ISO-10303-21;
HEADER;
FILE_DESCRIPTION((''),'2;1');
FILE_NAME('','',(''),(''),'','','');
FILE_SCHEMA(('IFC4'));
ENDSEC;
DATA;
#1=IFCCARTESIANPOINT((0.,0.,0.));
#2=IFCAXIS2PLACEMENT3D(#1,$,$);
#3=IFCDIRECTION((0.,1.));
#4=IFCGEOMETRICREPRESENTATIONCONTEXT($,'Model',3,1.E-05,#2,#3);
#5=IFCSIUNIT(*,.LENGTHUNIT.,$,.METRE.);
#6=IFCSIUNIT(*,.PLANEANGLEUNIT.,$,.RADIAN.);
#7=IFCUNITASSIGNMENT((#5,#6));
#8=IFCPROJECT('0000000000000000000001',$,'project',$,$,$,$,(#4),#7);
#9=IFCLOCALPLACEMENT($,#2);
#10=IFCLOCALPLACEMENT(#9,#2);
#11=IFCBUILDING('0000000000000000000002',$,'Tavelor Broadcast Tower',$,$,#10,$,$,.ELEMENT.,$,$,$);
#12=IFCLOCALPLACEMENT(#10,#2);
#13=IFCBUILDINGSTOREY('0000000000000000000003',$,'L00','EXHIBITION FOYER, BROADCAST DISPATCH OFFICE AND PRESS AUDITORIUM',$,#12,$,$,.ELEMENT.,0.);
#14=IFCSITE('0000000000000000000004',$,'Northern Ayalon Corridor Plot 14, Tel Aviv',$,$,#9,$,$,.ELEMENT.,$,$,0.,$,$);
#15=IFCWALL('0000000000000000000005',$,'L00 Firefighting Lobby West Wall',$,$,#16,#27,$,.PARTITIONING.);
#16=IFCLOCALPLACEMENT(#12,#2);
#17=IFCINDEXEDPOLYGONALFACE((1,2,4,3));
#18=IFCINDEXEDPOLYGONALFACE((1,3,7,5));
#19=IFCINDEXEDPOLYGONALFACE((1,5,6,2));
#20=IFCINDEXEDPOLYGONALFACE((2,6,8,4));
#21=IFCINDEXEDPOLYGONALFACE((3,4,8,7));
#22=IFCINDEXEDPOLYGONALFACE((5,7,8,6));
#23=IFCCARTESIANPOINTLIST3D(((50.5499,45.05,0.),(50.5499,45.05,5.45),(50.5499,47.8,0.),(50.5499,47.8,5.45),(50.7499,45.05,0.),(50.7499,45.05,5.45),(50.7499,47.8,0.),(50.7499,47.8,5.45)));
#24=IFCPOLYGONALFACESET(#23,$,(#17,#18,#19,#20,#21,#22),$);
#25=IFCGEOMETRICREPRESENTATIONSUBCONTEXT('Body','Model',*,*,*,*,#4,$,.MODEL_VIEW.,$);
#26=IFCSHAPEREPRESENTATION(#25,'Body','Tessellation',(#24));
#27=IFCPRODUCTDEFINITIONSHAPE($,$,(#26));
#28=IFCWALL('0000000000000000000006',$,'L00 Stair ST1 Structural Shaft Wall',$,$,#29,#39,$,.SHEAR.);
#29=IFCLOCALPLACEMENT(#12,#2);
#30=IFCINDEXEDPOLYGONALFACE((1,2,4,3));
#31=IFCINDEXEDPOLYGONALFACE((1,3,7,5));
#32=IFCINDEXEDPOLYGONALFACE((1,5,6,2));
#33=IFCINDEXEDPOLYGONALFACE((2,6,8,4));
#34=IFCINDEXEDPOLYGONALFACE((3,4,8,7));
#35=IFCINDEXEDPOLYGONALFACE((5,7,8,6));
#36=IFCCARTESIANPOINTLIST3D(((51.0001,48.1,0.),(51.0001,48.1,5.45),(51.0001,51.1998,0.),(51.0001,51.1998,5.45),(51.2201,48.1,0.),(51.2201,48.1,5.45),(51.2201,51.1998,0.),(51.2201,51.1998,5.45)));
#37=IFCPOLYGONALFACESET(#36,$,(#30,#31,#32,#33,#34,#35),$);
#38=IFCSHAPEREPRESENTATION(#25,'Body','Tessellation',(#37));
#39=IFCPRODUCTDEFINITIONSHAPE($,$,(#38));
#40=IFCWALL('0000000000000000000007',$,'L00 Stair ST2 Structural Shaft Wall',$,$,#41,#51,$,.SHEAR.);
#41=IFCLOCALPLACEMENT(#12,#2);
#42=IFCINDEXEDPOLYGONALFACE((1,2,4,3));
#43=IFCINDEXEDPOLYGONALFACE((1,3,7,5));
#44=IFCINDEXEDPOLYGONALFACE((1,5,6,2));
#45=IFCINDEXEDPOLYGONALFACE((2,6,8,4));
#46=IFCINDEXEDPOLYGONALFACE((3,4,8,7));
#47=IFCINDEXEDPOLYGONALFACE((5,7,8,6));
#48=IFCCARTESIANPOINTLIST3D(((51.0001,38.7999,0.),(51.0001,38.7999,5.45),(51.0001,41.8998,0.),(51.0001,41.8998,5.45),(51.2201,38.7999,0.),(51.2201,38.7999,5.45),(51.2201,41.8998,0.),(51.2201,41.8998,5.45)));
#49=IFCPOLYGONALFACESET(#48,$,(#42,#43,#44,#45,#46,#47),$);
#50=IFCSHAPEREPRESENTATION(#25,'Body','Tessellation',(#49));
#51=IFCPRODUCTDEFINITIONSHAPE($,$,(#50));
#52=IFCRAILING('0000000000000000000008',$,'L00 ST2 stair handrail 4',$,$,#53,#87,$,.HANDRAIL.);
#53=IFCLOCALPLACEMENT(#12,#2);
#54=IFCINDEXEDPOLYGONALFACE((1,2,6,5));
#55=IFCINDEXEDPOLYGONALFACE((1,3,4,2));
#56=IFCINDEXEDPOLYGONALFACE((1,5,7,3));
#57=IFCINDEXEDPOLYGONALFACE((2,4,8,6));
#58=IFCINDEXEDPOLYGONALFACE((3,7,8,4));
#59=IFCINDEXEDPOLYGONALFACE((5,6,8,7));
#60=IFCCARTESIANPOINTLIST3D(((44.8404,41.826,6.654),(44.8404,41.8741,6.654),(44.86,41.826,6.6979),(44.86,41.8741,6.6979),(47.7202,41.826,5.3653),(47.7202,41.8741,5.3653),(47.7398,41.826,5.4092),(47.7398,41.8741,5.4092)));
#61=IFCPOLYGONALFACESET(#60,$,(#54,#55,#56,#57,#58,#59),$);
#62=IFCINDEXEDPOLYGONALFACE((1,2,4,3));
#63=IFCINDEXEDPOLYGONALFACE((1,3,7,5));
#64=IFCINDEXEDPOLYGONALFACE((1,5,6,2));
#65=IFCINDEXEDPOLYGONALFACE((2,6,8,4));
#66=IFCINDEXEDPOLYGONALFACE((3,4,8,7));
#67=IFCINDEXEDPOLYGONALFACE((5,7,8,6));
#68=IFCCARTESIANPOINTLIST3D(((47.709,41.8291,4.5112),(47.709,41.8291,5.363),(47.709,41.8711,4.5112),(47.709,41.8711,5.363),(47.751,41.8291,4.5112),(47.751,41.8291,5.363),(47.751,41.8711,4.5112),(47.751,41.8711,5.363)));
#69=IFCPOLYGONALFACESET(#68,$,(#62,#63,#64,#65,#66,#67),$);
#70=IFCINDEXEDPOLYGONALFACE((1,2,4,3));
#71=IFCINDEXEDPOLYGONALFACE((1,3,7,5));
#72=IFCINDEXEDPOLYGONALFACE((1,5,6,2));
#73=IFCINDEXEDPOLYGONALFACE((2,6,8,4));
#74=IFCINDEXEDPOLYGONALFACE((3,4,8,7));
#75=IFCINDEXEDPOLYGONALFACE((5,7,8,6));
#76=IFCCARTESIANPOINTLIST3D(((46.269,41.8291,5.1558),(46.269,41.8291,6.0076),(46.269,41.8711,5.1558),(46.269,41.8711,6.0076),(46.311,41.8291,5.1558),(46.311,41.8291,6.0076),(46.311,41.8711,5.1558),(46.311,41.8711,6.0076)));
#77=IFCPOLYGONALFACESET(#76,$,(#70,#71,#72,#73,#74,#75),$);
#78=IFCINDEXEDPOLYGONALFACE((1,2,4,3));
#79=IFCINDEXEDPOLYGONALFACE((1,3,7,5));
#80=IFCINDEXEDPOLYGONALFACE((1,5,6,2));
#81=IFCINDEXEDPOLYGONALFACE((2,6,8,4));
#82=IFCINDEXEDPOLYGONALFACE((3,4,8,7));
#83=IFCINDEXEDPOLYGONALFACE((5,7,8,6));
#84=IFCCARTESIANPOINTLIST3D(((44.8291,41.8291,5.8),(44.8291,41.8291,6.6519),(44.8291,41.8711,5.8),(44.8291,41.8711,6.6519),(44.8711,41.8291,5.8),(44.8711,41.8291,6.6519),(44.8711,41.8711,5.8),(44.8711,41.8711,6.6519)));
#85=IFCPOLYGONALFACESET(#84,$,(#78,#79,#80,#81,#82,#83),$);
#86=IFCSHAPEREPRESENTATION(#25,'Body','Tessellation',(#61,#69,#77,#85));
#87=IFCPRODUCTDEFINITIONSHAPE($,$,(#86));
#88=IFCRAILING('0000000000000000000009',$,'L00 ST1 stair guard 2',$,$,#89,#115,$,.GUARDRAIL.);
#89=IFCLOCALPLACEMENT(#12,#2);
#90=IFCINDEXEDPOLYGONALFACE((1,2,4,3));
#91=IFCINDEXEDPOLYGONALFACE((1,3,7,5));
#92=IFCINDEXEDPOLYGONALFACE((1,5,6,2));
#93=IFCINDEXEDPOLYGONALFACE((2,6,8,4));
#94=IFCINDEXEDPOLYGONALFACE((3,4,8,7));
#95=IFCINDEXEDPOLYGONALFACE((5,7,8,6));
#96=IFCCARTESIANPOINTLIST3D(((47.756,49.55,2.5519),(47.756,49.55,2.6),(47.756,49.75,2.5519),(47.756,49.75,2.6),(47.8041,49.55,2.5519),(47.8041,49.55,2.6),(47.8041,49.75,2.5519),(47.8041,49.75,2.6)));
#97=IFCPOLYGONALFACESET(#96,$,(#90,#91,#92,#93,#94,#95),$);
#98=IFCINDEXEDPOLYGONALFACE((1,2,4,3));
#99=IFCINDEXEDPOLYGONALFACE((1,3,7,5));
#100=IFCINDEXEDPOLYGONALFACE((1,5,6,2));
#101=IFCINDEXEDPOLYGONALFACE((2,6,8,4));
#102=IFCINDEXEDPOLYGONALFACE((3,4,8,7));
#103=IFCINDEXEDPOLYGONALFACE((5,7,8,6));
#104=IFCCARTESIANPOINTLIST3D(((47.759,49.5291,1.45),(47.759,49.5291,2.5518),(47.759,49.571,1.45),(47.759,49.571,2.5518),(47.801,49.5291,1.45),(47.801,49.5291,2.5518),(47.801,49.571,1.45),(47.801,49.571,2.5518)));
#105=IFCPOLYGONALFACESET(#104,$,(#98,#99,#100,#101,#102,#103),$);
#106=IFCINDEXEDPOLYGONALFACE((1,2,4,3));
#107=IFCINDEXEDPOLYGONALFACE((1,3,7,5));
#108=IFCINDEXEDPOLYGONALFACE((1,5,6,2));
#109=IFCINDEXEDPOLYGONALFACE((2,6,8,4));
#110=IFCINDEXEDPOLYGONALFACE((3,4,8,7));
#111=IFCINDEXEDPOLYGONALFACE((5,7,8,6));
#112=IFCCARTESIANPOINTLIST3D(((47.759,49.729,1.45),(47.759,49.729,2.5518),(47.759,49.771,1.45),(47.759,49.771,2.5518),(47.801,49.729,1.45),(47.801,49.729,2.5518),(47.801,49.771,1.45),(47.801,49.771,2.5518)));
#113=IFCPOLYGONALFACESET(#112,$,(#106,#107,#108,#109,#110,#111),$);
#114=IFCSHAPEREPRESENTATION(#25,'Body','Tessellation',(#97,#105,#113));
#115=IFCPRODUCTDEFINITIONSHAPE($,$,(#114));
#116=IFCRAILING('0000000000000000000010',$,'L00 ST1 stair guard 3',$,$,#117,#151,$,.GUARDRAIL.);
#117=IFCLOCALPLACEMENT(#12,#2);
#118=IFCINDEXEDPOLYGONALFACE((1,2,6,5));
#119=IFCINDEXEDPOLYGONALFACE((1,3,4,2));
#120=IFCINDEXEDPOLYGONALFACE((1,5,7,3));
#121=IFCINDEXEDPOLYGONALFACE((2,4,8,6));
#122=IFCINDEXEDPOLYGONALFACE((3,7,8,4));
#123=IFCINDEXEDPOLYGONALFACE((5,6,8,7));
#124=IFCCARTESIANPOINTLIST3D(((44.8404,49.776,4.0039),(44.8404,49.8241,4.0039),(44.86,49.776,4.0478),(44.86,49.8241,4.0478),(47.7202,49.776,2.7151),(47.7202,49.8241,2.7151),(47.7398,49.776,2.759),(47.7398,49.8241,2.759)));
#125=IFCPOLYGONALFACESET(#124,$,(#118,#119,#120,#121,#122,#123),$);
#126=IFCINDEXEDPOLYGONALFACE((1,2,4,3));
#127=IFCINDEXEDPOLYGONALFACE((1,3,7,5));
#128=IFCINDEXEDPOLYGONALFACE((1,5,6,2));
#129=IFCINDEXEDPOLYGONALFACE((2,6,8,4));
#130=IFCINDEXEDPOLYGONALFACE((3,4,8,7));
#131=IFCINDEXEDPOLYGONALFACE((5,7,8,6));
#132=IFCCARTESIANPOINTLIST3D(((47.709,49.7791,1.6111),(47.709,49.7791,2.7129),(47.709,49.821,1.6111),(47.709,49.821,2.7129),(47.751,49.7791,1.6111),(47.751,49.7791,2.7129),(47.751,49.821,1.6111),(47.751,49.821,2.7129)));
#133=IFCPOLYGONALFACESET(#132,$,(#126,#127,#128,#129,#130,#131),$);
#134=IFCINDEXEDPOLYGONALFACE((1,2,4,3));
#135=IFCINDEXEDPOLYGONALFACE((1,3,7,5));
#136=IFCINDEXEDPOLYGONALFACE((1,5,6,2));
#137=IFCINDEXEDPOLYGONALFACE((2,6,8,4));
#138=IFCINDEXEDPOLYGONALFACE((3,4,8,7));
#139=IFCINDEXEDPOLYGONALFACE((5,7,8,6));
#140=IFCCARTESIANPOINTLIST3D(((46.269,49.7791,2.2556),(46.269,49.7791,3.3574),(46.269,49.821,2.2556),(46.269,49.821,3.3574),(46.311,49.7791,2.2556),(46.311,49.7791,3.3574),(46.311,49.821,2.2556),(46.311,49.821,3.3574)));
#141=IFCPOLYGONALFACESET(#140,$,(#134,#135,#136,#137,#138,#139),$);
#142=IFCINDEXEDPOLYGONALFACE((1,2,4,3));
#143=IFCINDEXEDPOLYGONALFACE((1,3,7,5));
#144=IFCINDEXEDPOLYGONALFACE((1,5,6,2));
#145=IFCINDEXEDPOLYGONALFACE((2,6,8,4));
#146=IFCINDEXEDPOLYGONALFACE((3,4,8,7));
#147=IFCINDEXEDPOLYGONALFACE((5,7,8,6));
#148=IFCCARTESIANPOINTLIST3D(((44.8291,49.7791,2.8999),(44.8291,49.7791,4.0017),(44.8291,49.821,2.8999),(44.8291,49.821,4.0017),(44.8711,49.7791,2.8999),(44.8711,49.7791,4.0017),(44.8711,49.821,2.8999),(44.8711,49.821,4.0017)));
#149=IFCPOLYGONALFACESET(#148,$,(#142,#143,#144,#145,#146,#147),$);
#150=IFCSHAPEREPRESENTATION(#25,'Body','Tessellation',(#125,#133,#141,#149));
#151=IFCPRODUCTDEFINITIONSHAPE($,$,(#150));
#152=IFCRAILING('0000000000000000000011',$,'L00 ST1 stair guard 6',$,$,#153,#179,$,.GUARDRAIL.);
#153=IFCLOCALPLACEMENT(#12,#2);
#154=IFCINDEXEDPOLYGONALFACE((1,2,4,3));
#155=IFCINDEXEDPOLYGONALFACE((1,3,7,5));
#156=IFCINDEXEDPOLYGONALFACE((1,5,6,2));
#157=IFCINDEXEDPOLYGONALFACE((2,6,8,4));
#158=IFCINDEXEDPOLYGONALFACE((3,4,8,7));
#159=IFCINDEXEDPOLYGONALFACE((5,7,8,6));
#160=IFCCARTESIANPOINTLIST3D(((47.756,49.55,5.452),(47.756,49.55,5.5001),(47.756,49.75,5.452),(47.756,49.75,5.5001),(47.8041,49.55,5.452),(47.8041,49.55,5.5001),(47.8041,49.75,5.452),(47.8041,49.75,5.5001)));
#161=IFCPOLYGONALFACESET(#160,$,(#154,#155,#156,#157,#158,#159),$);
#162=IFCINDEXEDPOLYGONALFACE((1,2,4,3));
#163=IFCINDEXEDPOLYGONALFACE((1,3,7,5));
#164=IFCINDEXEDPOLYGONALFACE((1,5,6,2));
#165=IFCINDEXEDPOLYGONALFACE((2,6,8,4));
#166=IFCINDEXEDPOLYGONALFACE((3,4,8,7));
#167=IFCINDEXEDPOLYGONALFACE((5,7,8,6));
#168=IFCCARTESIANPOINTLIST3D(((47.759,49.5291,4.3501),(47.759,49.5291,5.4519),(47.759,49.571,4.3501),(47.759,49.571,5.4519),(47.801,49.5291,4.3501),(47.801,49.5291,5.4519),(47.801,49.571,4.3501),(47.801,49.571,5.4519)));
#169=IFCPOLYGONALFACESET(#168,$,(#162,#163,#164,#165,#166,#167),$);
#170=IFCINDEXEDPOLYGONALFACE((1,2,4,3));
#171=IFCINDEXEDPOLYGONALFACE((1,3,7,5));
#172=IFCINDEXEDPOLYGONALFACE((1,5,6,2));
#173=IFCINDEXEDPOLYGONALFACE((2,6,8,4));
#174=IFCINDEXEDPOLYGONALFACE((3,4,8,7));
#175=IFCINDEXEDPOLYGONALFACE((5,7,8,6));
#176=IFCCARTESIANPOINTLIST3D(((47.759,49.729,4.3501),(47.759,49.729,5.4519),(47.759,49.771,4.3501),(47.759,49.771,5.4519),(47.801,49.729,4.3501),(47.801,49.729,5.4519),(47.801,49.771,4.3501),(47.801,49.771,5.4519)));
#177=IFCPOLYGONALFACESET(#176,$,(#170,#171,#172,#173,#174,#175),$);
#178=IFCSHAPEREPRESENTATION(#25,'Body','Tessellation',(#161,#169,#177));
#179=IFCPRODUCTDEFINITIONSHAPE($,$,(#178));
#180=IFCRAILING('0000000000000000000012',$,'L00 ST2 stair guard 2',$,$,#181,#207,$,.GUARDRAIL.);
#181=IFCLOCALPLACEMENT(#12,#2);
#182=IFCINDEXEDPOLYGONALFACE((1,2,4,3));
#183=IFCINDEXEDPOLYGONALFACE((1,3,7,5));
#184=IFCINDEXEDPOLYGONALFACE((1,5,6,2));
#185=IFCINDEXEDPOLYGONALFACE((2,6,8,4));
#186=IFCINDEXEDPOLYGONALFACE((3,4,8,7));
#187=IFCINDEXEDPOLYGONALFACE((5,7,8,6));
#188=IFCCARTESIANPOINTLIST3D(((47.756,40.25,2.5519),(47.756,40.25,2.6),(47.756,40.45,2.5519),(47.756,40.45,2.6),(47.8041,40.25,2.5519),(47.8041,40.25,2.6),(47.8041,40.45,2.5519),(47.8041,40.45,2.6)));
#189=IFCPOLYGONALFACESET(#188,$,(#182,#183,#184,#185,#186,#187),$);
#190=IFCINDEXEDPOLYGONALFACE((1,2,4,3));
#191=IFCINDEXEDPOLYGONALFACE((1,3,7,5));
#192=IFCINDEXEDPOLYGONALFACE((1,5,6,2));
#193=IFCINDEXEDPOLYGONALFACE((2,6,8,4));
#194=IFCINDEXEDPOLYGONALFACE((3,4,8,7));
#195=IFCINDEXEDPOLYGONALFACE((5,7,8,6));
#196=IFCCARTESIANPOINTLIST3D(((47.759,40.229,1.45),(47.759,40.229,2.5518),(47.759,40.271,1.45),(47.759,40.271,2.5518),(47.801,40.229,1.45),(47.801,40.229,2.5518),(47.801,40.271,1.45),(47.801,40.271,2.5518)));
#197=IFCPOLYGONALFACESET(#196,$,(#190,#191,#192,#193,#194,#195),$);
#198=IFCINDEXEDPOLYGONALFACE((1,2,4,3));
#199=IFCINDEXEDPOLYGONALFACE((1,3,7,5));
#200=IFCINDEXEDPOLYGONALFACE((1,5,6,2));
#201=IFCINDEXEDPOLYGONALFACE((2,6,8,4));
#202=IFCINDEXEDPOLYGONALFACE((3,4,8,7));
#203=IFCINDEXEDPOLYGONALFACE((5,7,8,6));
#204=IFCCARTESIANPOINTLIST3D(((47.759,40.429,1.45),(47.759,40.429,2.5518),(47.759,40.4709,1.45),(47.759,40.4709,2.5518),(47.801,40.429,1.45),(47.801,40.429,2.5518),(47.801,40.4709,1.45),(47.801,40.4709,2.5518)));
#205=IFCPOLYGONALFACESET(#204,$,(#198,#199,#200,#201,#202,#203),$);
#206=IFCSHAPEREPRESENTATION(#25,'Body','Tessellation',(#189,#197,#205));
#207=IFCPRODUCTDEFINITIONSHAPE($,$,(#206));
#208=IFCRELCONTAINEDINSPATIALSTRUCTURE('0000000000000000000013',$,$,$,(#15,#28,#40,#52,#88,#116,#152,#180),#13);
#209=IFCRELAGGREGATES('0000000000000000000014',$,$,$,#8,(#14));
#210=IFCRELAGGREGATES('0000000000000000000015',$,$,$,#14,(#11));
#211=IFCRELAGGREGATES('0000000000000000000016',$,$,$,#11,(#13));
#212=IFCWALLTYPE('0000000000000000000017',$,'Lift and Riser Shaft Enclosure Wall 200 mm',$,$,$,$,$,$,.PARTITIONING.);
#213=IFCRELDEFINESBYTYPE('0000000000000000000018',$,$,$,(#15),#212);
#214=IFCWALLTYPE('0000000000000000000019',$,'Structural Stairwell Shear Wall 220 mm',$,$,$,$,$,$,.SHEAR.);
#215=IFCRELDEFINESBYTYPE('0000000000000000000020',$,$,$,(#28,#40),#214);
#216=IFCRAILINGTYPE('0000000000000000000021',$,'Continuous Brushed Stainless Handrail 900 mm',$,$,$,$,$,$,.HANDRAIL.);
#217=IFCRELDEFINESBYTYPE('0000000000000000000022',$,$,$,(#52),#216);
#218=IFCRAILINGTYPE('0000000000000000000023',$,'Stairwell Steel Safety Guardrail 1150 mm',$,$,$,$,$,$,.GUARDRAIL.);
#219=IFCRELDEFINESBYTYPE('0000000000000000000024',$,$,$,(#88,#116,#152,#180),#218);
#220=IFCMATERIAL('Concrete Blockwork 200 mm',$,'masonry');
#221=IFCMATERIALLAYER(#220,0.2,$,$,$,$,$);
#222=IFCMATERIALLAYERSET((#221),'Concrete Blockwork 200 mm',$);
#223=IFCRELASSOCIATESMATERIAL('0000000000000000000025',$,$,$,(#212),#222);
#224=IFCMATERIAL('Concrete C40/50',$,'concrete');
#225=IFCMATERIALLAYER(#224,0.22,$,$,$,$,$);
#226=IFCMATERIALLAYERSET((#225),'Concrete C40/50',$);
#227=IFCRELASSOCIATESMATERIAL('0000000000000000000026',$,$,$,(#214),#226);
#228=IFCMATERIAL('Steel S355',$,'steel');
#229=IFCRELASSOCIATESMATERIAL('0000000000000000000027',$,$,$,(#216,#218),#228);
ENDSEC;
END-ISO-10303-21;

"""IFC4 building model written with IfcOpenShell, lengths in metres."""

from ifc_helpers import new_model, si_unit, direction, frame, frame_2d, origin, origin_2d, place, context, subcontext, project, spatial, rectangle, extrude, material, layer, layer_set, type_object, element, save


model = new_model("IFC4")

# Units and contexts
model_context = context("Model", 3, precision=1e-05, world=origin(), true_north=direction((0.0, 1.0)))
body_context = subcontext(model_context, "Body", "Model", "MODEL_VIEW")
ifc_project = project(units=[si_unit("LENGTHUNIT", "METRE"), si_unit("PLANEANGLEUNIT", "RADIAN")], contexts=[model_context])

# Site, building, storey
site_placement = place(None, origin())
site = spatial("IfcSite", under=ifc_project, at=site_placement, Name="Northern Ayalon Corridor Plot 14, Tel Aviv", CompositionType="ELEMENT", RefElevation=0.0)
building_placement = place(site_placement, origin())
building = spatial("IfcBuilding", under=site, at=building_placement, Name="Tavelor Broadcast Tower", CompositionType="ELEMENT")
storey_placement = place(building_placement, origin())
storey = spatial("IfcBuildingStorey", under=building, at=storey_placement, Name="L00", Description="EXHIBITION FOYER, BROADCAST DISPATCH OFFICE AND PRESS AUDITORIUM", CompositionType="ELEMENT", Elevation=0.0)

# Shared definitions
ifc_material_1 = material(Name="Steel S355", Category="steel")

# Shared definitions
ifc_material_2 = material(Name="Concrete Blockwork 200 mm", Category="masonry")

# Shared definitions
ifc_layer_1 = layer(ifc_material_2, 0.2)
ifc_layer_set_1 = layer_set([ifc_layer_1], Name="Concrete Blockwork 200 mm")
wall_type_1 = type_object("IfcWallType", Name="Lift and Riser Shaft Enclosure Wall 200 mm", PredefinedType="PARTITIONING", material=ifc_layer_set_1)

# Walls
wall_1_placement = place(storey_placement, frame((50.6499, 45.05, 0.0), z_axis=(0.0, 0.0, 1.0), x_axis=(0.0, 1.0, 0.0)))
element("IfcWall", 1, at=wall_1_placement, inside=storey, type_object=wall_type_1, Name="L00 Firefighting Lobby West Wall", PredefinedType="PARTITIONING", context=body_context, shape_type="SweptSolid", body=[
    extrude(rectangle(XDim=2.75, YDim=0.2, at=frame_2d((1.375, 0.0))), origin(), (0.0, 0.0, 1.0), 5.45),
])
ifc_material_3 = material(Name="Concrete C40/50", Category="concrete")
ifc_layer_2 = layer(ifc_material_3, 0.22)
ifc_layer_set_2 = layer_set([ifc_layer_2], Name="Concrete C40/50")
wall_type_2 = type_object("IfcWallType", Name="Structural Stairwell Shear Wall 220 mm", PredefinedType="SHEAR", material=ifc_layer_set_2)
for number, where, z_axis, x_axis, name in (
    (2, (51.1101, 48.1001, 0.0), (0.0, 0.0, 1.0), (0.0, 1.0, 0.0), "L00 Stair ST1 Structural Shaft Wall"),
    (3, (51.1101, 38.8, 0.0), (0.0, 0.0, 1.0), (0.0, 1.0, 0.0), "L00 Stair ST2 Structural Shaft Wall"),
):
    element("IfcWall", number, at=place(storey_placement, frame(where, z_axis=z_axis, x_axis=x_axis)), inside=storey, type_object=wall_type_2, Name=name, PredefinedType="SHEAR", context=body_context, shape_type="SweptSolid", body=[
        extrude(rectangle(XDim=3.0999, YDim=0.22, at=frame_2d((1.5498, 0.0))), origin(), (0.0, 0.0, 1.0), 5.45),
    ])

# Railings
railing_type_1 = type_object("IfcRailingType", Name="Continuous Brushed Stainless Handrail 900 mm", PredefinedType="HANDRAIL", material=ifc_material_1)
railing_1_placement = place(storey_placement, frame((47.73, 41.8501, 4.5112)))
element("IfcRailing", 4, at=railing_1_placement, inside=storey, type_object=railing_type_1, Name="L00 ST2 stair handrail 4", PredefinedType="HANDRAIL", context=body_context, shape_type="SweptSolid", body=[
    extrude(rectangle(XDim=0.0481, YDim=0.0481, at=origin_2d()), frame((0.0, 0.0, 0.876), z_axis=(-0.912765, 0.0, 0.408485), x_axis=(0.0, -1.0, 0.0)), (0.0, 0.0, 1.0), 3.155),
    extrude(rectangle(XDim=0.042, YDim=0.042, at=origin_2d()), origin(), (0.0, 0.0, 1.0), 0.8518),
    extrude(rectangle(XDim=0.042, YDim=0.042, at=origin_2d()), frame((-1.4399, 0.0, 0.6445)), (0.0, 0.0, 1.0), 0.8518),
    extrude(rectangle(XDim=0.042, YDim=0.042, at=origin_2d()), frame((-2.8799, 0.0, 1.2888)), (0.0, 0.0, 1.0), 0.8518),
])
railing_type_2 = type_object("IfcRailingType", Name="Stairwell Steel Safety Guardrail 1150 mm", PredefinedType="GUARDRAIL", material=ifc_material_1)
railing_2_placement = place(storey_placement, frame((47.78, 49.55, 1.45)))
element("IfcRailing", 5, at=railing_2_placement, inside=storey, type_object=railing_type_2, Name="L00 ST1 stair guard 2", PredefinedType="GUARDRAIL", context=body_context, shape_type="SweptSolid", body=[
    extrude(rectangle(XDim=0.0481, YDim=0.0481, at=origin_2d()), frame((0.0, 0.0, 1.126), z_axis=(0.0, 1.0, 0.0), x_axis=(-1.0, 0.0, 0.0)), (0.0, 0.0, 1.0), 0.2),
    extrude(rectangle(XDim=0.042, YDim=0.042, at=origin_2d()), origin(), (0.0, 0.0, 1.0), 1.1018),
    extrude(rectangle(XDim=0.042, YDim=0.042, at=origin_2d()), frame((0.0, 0.2, 0.0)), (0.0, 0.0, 1.0), 1.1018),
])
railing_3_placement = place(storey_placement, frame((47.73, 49.8, 1.6111)))
element("IfcRailing", 6, at=railing_3_placement, inside=storey, type_object=railing_type_2, Name="L00 ST1 stair guard 3", PredefinedType="GUARDRAIL", context=body_context, shape_type="SweptSolid", body=[
    extrude(rectangle(XDim=0.0481, YDim=0.0481, at=origin_2d()), frame((0.0, 0.0, 1.126), z_axis=(-0.912765, 0.0, 0.408485), x_axis=(0.0, -1.0, 0.0)), (0.0, 0.0, 1.0), 3.155),
    extrude(rectangle(XDim=0.042, YDim=0.042, at=origin_2d()), origin(), (0.0, 0.0, 1.0), 1.1018),
    extrude(rectangle(XDim=0.042, YDim=0.042, at=origin_2d()), frame((-1.4399, 0.0, 0.6445)), (0.0, 0.0, 1.0), 1.1018),
    extrude(rectangle(XDim=0.042, YDim=0.042, at=origin_2d()), frame((-2.8799, 0.0, 1.2888)), (0.0, 0.0, 1.0), 1.1018),
])
for number, where, name in (
    (7, (47.78, 49.55, 4.3501), "L00 ST1 stair guard 6"),
    (8, (47.78, 40.25, 1.45), "L00 ST2 stair guard 2"),
):
    element("IfcRailing", number, at=place(storey_placement, frame(where)), inside=storey, type_object=railing_type_2, Name=name, PredefinedType="GUARDRAIL", context=body_context, shape_type="SweptSolid", body=[
        extrude(rectangle(XDim=0.0481, YDim=0.0481, at=origin_2d()), frame((0.0, 0.0, 1.126), z_axis=(0.0, 1.0, 0.0), x_axis=(-1.0, 0.0, 0.0)), (0.0, 0.0, 1.0), 0.2),
        extrude(rectangle(XDim=0.042, YDim=0.042, at=origin_2d()), origin(), (0.0, 0.0, 1.0), 1.1018),
        extrude(rectangle(XDim=0.042, YDim=0.042, at=origin_2d()), frame((0.0, 0.2, 0.0)), (0.0, 0.0, 1.0), 1.1018),
    ])

save(model, "model.ifc")
